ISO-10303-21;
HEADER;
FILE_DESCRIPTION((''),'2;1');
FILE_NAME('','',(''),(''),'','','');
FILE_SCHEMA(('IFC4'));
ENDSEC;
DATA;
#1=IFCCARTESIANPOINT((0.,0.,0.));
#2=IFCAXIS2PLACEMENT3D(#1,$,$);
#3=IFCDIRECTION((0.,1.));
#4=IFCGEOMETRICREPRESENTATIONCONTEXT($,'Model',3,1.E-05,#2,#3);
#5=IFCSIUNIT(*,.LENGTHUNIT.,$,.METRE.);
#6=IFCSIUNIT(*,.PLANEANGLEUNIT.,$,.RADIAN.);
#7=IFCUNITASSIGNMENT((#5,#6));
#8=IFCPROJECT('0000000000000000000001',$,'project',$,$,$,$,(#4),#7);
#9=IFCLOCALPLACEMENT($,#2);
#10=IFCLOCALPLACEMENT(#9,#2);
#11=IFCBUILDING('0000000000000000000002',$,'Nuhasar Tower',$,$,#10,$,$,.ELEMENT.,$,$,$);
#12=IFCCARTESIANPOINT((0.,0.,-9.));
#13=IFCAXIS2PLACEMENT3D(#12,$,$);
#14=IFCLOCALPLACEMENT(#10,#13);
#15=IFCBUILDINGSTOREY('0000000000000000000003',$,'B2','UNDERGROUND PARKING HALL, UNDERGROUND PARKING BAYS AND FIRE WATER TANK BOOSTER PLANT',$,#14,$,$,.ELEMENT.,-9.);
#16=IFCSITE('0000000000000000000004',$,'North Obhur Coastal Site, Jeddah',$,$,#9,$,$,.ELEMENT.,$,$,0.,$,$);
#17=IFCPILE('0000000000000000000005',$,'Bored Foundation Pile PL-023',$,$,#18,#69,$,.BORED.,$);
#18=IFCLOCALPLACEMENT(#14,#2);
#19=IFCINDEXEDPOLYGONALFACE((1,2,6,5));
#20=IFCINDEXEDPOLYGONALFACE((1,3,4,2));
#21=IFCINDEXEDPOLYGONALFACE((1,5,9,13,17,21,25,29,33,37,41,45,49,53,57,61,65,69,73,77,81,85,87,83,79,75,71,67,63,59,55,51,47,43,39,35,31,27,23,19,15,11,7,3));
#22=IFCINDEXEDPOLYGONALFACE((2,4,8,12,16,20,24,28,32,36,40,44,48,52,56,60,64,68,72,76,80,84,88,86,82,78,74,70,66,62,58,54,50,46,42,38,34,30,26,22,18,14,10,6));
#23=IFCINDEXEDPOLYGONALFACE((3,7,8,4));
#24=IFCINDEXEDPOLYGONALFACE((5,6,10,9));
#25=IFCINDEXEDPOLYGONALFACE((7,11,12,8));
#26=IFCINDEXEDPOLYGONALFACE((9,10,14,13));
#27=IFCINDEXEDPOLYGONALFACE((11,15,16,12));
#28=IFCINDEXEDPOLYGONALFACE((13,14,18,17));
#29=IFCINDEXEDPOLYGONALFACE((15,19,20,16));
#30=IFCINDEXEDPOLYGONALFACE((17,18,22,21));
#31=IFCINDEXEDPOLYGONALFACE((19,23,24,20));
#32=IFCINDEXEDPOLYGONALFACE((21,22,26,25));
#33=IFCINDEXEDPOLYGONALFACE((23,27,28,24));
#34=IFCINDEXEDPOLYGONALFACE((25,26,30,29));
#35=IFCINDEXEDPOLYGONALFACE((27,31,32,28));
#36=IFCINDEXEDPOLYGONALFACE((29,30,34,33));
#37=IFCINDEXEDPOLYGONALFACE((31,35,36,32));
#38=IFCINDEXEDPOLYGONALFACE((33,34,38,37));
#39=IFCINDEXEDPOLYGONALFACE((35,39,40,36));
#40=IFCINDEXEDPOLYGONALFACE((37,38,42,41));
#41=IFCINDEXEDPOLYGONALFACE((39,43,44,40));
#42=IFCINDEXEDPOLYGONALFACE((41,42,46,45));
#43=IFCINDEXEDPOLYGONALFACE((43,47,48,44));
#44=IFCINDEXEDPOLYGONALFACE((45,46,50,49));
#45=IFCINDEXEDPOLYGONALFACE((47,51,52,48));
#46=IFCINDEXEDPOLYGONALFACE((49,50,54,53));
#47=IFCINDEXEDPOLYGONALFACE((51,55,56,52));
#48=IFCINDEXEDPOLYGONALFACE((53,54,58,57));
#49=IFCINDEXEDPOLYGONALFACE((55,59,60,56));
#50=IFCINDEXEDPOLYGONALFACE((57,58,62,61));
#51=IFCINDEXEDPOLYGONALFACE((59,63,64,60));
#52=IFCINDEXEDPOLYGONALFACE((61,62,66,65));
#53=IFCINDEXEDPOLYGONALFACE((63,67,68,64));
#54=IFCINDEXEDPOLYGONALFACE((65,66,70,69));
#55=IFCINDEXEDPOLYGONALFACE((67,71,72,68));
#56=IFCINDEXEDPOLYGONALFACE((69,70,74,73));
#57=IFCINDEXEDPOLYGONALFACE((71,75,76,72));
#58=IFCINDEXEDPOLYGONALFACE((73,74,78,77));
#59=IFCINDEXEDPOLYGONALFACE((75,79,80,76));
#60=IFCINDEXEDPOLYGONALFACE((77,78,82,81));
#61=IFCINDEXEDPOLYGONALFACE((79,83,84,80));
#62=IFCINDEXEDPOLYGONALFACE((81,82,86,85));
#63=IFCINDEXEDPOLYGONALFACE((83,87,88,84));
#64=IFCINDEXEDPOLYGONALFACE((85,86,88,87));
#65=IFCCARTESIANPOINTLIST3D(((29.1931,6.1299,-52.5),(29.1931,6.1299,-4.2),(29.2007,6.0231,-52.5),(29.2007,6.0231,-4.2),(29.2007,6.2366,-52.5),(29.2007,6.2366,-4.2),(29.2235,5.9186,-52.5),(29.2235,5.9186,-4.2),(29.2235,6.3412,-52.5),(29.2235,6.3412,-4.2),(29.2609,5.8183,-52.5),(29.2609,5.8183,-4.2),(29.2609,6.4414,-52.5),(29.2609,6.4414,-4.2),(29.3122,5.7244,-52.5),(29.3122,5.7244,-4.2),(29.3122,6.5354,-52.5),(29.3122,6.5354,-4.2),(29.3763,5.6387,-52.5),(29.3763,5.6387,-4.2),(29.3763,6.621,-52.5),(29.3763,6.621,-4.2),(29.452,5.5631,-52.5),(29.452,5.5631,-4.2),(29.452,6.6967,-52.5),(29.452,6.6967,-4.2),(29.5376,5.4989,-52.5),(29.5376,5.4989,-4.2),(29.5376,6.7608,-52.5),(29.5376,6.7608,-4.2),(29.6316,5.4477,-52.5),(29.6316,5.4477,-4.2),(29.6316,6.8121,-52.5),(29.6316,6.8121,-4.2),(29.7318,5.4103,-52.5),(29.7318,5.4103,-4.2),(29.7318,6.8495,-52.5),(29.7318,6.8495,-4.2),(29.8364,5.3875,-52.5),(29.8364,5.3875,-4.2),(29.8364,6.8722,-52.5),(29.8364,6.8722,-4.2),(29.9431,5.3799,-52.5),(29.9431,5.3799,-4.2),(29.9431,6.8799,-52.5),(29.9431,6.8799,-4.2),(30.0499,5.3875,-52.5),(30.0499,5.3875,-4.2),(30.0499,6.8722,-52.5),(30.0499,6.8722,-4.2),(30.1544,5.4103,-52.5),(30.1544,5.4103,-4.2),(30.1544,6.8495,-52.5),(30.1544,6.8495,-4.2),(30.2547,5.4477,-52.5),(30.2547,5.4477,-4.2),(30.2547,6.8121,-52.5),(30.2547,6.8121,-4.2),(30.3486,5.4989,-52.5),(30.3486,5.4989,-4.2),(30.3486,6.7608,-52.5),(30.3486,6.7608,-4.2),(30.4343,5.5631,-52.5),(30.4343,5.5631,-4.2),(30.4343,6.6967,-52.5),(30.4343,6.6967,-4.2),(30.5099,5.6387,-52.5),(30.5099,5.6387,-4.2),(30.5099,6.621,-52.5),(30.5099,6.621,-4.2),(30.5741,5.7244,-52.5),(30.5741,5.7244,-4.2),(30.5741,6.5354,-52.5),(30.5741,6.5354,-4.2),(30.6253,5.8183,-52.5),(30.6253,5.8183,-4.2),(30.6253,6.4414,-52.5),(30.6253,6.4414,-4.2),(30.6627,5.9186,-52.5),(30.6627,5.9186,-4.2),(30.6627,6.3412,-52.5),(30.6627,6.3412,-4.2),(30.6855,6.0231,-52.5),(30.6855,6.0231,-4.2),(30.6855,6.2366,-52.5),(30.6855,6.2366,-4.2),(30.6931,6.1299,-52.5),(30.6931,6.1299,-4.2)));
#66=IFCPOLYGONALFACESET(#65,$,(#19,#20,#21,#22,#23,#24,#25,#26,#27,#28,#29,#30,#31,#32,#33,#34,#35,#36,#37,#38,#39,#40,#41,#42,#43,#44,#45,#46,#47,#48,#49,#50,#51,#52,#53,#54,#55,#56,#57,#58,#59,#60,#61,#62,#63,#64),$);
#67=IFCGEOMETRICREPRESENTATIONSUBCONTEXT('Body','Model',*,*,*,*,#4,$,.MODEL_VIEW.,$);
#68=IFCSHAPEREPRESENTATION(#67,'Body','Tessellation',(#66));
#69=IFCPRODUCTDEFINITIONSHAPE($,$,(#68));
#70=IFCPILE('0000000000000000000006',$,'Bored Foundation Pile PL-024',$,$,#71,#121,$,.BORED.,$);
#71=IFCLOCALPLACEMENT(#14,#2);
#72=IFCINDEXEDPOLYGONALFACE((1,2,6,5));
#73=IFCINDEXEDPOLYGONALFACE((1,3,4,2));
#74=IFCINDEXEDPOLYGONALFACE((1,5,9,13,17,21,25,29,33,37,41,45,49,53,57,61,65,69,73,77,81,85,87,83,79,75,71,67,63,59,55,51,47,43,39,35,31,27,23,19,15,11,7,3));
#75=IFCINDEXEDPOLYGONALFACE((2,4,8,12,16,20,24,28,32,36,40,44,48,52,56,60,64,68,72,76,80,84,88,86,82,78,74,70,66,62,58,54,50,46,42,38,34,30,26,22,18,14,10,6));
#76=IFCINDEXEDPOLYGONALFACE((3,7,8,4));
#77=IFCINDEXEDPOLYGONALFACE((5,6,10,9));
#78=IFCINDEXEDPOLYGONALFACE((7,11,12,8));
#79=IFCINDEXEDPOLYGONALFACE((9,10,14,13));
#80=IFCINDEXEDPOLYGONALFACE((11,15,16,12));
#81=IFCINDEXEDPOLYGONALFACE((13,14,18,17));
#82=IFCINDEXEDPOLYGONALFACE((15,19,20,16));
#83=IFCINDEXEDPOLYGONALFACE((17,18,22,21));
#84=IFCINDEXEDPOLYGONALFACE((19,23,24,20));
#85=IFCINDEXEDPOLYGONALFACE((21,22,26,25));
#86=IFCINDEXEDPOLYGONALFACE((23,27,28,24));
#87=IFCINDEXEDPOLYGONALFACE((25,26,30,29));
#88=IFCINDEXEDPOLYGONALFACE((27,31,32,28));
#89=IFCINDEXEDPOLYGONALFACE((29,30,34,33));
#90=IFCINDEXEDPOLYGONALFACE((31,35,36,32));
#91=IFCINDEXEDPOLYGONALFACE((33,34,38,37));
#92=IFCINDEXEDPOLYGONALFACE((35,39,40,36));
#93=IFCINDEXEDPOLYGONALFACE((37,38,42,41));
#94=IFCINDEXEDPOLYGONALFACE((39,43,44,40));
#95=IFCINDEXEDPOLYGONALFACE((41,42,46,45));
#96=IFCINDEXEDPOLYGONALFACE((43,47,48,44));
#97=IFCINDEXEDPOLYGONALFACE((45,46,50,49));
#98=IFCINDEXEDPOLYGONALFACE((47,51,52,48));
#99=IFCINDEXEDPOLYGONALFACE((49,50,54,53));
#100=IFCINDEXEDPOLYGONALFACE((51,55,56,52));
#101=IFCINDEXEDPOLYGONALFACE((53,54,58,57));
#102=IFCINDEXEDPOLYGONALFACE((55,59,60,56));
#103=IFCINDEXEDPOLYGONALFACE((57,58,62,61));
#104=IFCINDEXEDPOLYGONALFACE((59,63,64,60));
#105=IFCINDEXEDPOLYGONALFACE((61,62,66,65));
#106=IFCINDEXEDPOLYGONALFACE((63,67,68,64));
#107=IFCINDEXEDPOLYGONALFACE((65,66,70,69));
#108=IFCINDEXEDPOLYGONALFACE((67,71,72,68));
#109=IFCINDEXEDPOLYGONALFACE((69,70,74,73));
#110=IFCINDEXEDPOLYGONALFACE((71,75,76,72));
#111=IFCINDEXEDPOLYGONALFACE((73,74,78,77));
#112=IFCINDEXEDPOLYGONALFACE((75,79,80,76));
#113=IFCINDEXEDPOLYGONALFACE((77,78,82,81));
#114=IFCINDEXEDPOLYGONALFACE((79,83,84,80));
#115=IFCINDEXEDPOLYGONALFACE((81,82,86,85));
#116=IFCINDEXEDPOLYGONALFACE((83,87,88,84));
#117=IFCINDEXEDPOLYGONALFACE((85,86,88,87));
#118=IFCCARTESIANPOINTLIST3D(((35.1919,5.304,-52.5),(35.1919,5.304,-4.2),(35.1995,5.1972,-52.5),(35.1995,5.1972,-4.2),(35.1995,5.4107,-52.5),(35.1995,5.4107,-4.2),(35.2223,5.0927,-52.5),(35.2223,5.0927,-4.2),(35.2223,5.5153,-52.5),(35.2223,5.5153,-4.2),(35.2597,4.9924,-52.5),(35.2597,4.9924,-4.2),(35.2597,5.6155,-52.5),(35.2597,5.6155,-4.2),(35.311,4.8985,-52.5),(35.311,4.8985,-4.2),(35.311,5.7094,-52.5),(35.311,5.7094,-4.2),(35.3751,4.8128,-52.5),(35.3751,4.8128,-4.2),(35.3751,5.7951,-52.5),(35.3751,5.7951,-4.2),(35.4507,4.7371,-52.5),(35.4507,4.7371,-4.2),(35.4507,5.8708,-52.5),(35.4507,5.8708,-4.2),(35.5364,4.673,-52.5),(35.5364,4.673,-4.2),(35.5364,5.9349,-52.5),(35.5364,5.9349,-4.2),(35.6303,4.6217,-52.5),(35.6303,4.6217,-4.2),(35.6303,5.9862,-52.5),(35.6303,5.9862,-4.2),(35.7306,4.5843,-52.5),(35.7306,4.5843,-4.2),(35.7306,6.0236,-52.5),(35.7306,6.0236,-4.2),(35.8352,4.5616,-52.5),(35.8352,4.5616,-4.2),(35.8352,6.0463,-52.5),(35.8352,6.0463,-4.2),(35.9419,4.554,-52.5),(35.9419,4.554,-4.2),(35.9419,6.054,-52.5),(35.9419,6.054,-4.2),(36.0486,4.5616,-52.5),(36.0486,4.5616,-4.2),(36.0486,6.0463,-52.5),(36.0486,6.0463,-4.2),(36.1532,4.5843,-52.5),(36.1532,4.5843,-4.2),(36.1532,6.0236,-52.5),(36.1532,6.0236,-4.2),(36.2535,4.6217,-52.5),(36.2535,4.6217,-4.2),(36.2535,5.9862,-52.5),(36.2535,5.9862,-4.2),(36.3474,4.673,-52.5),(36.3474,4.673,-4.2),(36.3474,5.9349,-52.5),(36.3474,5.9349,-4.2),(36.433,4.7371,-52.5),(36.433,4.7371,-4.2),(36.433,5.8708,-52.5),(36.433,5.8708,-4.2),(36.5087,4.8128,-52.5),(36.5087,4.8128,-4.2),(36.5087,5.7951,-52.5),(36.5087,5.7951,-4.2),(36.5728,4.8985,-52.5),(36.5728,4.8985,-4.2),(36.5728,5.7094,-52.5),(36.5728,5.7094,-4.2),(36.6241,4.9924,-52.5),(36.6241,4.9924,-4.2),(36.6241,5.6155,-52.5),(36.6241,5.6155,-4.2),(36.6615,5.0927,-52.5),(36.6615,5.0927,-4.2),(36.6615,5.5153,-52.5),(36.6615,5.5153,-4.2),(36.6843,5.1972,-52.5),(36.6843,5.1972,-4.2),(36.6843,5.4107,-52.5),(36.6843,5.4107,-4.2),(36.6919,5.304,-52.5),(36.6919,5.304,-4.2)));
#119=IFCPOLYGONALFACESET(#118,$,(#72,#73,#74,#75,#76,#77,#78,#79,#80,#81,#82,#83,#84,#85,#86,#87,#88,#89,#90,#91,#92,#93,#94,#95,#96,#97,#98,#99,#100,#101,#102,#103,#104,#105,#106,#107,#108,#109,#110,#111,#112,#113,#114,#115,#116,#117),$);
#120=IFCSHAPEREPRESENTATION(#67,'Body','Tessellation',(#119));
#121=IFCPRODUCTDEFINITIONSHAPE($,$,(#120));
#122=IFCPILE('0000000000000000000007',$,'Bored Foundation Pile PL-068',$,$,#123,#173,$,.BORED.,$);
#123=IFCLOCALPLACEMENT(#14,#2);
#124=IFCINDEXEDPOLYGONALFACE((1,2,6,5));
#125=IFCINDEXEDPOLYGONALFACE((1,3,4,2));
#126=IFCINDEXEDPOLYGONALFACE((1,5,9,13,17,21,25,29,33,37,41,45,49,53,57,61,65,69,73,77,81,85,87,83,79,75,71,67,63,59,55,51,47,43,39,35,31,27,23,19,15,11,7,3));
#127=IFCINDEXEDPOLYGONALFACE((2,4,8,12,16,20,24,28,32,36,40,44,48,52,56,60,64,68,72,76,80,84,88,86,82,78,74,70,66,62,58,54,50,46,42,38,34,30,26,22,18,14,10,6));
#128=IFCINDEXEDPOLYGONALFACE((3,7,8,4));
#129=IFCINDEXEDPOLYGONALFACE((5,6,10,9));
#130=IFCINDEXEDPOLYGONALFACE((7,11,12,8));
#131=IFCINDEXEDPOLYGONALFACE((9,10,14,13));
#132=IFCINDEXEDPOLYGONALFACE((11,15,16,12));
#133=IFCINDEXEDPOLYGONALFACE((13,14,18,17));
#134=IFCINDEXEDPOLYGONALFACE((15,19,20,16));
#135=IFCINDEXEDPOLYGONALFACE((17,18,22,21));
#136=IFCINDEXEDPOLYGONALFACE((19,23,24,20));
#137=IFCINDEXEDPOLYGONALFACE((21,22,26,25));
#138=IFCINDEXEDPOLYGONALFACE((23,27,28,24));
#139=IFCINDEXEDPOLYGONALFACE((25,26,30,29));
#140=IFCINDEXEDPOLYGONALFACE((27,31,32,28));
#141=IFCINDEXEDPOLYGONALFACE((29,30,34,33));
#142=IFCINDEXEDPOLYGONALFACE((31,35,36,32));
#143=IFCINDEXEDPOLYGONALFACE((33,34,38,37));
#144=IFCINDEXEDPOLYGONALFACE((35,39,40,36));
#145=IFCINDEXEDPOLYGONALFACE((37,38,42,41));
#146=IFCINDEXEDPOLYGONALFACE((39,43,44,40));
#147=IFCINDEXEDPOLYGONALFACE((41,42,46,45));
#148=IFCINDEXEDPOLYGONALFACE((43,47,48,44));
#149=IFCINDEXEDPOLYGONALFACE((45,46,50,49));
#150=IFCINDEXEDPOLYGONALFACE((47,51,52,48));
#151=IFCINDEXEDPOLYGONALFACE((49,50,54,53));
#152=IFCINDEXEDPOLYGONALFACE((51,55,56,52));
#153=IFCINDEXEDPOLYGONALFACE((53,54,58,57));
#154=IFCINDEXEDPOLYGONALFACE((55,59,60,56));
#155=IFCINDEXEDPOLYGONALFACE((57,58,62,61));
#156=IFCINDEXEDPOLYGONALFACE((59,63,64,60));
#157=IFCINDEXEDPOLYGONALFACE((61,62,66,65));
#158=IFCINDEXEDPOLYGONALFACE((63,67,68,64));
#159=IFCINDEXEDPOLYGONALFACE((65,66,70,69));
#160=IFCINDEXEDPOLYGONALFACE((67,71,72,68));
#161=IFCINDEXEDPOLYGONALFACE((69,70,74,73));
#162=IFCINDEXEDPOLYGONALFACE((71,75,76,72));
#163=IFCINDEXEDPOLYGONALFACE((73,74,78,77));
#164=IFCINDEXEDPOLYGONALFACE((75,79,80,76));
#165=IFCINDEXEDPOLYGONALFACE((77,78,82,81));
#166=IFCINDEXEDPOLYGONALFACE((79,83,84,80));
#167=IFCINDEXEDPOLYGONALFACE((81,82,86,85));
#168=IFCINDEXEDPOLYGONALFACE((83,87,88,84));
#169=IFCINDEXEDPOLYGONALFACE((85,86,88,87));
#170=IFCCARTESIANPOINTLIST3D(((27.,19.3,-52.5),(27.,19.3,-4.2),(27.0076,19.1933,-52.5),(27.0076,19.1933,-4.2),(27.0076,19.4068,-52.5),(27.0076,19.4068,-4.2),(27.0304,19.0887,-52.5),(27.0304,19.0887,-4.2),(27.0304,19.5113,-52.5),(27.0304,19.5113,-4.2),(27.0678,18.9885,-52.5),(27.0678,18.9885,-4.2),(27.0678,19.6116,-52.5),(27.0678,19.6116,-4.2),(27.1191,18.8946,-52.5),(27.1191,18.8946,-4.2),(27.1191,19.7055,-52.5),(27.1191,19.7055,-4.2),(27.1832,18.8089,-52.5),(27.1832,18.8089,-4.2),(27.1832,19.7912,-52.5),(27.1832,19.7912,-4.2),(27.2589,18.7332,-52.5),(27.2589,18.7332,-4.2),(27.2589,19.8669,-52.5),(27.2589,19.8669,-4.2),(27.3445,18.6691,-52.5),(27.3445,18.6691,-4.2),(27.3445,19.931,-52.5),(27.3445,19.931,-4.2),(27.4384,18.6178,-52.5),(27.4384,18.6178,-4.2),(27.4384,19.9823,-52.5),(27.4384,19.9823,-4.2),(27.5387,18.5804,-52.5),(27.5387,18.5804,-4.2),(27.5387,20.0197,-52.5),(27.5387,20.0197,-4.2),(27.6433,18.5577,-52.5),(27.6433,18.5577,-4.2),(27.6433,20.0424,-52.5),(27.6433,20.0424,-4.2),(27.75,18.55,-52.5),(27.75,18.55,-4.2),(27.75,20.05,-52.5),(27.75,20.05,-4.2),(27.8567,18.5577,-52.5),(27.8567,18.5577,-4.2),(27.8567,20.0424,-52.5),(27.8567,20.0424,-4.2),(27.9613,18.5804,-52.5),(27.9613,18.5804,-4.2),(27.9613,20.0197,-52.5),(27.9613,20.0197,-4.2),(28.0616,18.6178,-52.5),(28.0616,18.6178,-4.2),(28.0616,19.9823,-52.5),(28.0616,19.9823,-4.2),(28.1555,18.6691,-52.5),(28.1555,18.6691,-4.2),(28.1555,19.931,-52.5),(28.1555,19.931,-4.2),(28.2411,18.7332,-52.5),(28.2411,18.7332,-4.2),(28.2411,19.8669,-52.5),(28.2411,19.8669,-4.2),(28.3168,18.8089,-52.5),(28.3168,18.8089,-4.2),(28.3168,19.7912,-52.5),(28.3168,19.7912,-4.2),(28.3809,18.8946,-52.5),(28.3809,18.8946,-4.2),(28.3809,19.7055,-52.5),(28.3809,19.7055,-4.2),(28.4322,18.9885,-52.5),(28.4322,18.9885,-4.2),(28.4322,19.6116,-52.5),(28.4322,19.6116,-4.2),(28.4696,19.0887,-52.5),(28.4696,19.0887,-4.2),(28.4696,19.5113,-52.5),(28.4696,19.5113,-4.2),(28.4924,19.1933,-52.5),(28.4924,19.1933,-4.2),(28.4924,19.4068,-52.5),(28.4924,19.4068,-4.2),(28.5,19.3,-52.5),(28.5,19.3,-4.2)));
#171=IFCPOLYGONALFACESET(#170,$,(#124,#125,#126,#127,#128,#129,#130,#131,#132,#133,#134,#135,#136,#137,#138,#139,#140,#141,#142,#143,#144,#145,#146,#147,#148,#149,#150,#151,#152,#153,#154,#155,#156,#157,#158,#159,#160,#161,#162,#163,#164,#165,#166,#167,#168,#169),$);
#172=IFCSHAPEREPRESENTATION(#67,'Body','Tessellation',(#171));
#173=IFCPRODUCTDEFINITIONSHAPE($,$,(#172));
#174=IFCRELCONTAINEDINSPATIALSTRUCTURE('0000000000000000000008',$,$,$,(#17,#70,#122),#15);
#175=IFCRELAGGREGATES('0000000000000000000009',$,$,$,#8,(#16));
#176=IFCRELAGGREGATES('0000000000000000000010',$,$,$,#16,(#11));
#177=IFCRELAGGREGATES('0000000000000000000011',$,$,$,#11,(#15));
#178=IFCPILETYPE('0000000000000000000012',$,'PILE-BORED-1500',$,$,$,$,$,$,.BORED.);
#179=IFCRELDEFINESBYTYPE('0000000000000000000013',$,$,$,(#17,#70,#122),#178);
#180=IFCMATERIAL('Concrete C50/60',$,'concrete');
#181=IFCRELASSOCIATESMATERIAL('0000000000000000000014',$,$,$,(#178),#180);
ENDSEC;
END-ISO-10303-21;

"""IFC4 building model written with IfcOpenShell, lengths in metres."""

from ifc_helpers import new_model, si_unit, direction, frame, origin, origin_2d, place, context, subcontext, project, spatial, circle, extrude, material, material_profile, profile_set, type_object, element, save


model = new_model("IFC4")

# Units and contexts
model_context = context("Model", 3, precision=1e-05, world=origin(), true_north=direction((0.0, 1.0)))
body_context = subcontext(model_context, "Body", "Model", "MODEL_VIEW")
ifc_project = project(units=[si_unit("LENGTHUNIT", "METRE"), si_unit("PLANEANGLEUNIT", "RADIAN")], contexts=[model_context])

# Site, building, storey
site_placement = place(None, origin())
site = spatial("IfcSite", under=ifc_project, at=site_placement, Name="North Obhur Coastal Site, Jeddah", CompositionType="ELEMENT", RefElevation=0.0)
building_placement = place(site_placement, origin())
building = spatial("IfcBuilding", under=site, at=building_placement, Name="Nuhasar Tower", CompositionType="ELEMENT")
storey_placement = place(building_placement, frame((0.0, 0.0, -9.0)))
storey = spatial("IfcBuildingStorey", under=building, at=storey_placement, Name="B2", Description="UNDERGROUND PARKING HALL, UNDERGROUND PARKING BAYS AND FIRE WATER TANK BOOSTER PLANT", CompositionType="ELEMENT", Elevation=-9.0)

# Piles
ifc_material_1 = material(Name="Concrete C50/60", Category="concrete")
ifc_material_profile_1 = material_profile(ifc_material_1, circle(Radius=0.75, at=origin_2d()), Name="PILE1500")
ifc_profile_set_1 = profile_set([ifc_material_profile_1], Name="Concrete C50/60")
pile_type = type_object("IfcPileType", Name="PILE-BORED-1500", PredefinedType="BORED", material=ifc_profile_set_1)
for number, where, z_axis, x_axis, name in (
    (1, (29.9431, 6.1299, -4.2), (0.0, 0.0, -1.0), (1.0, 0.0, 0.0), "Bored Foundation Pile PL-023"),
    (2, (35.9419, 5.304, -4.2), (0.0, 0.0, -1.0), (1.0, 0.0, 0.0), "Bored Foundation Pile PL-024"),
    (3, (27.75, 19.3, -4.2), (0.0, 0.0, -1.0), (1.0, 0.0, 0.0), "Bored Foundation Pile PL-068"),
):
    element("IfcPile", number, at=place(storey_placement, frame(where, z_axis=z_axis, x_axis=x_axis)), inside=storey, type_object=pile_type, Name=name, PredefinedType="BORED", context=body_context, shape_type="SweptSolid", body=[
        extrude(circle(Radius=0.75, at=origin_2d()), origin(), (0.0, 0.0, 1.0), 48.3),
    ])

save(model, "model.ifc")
